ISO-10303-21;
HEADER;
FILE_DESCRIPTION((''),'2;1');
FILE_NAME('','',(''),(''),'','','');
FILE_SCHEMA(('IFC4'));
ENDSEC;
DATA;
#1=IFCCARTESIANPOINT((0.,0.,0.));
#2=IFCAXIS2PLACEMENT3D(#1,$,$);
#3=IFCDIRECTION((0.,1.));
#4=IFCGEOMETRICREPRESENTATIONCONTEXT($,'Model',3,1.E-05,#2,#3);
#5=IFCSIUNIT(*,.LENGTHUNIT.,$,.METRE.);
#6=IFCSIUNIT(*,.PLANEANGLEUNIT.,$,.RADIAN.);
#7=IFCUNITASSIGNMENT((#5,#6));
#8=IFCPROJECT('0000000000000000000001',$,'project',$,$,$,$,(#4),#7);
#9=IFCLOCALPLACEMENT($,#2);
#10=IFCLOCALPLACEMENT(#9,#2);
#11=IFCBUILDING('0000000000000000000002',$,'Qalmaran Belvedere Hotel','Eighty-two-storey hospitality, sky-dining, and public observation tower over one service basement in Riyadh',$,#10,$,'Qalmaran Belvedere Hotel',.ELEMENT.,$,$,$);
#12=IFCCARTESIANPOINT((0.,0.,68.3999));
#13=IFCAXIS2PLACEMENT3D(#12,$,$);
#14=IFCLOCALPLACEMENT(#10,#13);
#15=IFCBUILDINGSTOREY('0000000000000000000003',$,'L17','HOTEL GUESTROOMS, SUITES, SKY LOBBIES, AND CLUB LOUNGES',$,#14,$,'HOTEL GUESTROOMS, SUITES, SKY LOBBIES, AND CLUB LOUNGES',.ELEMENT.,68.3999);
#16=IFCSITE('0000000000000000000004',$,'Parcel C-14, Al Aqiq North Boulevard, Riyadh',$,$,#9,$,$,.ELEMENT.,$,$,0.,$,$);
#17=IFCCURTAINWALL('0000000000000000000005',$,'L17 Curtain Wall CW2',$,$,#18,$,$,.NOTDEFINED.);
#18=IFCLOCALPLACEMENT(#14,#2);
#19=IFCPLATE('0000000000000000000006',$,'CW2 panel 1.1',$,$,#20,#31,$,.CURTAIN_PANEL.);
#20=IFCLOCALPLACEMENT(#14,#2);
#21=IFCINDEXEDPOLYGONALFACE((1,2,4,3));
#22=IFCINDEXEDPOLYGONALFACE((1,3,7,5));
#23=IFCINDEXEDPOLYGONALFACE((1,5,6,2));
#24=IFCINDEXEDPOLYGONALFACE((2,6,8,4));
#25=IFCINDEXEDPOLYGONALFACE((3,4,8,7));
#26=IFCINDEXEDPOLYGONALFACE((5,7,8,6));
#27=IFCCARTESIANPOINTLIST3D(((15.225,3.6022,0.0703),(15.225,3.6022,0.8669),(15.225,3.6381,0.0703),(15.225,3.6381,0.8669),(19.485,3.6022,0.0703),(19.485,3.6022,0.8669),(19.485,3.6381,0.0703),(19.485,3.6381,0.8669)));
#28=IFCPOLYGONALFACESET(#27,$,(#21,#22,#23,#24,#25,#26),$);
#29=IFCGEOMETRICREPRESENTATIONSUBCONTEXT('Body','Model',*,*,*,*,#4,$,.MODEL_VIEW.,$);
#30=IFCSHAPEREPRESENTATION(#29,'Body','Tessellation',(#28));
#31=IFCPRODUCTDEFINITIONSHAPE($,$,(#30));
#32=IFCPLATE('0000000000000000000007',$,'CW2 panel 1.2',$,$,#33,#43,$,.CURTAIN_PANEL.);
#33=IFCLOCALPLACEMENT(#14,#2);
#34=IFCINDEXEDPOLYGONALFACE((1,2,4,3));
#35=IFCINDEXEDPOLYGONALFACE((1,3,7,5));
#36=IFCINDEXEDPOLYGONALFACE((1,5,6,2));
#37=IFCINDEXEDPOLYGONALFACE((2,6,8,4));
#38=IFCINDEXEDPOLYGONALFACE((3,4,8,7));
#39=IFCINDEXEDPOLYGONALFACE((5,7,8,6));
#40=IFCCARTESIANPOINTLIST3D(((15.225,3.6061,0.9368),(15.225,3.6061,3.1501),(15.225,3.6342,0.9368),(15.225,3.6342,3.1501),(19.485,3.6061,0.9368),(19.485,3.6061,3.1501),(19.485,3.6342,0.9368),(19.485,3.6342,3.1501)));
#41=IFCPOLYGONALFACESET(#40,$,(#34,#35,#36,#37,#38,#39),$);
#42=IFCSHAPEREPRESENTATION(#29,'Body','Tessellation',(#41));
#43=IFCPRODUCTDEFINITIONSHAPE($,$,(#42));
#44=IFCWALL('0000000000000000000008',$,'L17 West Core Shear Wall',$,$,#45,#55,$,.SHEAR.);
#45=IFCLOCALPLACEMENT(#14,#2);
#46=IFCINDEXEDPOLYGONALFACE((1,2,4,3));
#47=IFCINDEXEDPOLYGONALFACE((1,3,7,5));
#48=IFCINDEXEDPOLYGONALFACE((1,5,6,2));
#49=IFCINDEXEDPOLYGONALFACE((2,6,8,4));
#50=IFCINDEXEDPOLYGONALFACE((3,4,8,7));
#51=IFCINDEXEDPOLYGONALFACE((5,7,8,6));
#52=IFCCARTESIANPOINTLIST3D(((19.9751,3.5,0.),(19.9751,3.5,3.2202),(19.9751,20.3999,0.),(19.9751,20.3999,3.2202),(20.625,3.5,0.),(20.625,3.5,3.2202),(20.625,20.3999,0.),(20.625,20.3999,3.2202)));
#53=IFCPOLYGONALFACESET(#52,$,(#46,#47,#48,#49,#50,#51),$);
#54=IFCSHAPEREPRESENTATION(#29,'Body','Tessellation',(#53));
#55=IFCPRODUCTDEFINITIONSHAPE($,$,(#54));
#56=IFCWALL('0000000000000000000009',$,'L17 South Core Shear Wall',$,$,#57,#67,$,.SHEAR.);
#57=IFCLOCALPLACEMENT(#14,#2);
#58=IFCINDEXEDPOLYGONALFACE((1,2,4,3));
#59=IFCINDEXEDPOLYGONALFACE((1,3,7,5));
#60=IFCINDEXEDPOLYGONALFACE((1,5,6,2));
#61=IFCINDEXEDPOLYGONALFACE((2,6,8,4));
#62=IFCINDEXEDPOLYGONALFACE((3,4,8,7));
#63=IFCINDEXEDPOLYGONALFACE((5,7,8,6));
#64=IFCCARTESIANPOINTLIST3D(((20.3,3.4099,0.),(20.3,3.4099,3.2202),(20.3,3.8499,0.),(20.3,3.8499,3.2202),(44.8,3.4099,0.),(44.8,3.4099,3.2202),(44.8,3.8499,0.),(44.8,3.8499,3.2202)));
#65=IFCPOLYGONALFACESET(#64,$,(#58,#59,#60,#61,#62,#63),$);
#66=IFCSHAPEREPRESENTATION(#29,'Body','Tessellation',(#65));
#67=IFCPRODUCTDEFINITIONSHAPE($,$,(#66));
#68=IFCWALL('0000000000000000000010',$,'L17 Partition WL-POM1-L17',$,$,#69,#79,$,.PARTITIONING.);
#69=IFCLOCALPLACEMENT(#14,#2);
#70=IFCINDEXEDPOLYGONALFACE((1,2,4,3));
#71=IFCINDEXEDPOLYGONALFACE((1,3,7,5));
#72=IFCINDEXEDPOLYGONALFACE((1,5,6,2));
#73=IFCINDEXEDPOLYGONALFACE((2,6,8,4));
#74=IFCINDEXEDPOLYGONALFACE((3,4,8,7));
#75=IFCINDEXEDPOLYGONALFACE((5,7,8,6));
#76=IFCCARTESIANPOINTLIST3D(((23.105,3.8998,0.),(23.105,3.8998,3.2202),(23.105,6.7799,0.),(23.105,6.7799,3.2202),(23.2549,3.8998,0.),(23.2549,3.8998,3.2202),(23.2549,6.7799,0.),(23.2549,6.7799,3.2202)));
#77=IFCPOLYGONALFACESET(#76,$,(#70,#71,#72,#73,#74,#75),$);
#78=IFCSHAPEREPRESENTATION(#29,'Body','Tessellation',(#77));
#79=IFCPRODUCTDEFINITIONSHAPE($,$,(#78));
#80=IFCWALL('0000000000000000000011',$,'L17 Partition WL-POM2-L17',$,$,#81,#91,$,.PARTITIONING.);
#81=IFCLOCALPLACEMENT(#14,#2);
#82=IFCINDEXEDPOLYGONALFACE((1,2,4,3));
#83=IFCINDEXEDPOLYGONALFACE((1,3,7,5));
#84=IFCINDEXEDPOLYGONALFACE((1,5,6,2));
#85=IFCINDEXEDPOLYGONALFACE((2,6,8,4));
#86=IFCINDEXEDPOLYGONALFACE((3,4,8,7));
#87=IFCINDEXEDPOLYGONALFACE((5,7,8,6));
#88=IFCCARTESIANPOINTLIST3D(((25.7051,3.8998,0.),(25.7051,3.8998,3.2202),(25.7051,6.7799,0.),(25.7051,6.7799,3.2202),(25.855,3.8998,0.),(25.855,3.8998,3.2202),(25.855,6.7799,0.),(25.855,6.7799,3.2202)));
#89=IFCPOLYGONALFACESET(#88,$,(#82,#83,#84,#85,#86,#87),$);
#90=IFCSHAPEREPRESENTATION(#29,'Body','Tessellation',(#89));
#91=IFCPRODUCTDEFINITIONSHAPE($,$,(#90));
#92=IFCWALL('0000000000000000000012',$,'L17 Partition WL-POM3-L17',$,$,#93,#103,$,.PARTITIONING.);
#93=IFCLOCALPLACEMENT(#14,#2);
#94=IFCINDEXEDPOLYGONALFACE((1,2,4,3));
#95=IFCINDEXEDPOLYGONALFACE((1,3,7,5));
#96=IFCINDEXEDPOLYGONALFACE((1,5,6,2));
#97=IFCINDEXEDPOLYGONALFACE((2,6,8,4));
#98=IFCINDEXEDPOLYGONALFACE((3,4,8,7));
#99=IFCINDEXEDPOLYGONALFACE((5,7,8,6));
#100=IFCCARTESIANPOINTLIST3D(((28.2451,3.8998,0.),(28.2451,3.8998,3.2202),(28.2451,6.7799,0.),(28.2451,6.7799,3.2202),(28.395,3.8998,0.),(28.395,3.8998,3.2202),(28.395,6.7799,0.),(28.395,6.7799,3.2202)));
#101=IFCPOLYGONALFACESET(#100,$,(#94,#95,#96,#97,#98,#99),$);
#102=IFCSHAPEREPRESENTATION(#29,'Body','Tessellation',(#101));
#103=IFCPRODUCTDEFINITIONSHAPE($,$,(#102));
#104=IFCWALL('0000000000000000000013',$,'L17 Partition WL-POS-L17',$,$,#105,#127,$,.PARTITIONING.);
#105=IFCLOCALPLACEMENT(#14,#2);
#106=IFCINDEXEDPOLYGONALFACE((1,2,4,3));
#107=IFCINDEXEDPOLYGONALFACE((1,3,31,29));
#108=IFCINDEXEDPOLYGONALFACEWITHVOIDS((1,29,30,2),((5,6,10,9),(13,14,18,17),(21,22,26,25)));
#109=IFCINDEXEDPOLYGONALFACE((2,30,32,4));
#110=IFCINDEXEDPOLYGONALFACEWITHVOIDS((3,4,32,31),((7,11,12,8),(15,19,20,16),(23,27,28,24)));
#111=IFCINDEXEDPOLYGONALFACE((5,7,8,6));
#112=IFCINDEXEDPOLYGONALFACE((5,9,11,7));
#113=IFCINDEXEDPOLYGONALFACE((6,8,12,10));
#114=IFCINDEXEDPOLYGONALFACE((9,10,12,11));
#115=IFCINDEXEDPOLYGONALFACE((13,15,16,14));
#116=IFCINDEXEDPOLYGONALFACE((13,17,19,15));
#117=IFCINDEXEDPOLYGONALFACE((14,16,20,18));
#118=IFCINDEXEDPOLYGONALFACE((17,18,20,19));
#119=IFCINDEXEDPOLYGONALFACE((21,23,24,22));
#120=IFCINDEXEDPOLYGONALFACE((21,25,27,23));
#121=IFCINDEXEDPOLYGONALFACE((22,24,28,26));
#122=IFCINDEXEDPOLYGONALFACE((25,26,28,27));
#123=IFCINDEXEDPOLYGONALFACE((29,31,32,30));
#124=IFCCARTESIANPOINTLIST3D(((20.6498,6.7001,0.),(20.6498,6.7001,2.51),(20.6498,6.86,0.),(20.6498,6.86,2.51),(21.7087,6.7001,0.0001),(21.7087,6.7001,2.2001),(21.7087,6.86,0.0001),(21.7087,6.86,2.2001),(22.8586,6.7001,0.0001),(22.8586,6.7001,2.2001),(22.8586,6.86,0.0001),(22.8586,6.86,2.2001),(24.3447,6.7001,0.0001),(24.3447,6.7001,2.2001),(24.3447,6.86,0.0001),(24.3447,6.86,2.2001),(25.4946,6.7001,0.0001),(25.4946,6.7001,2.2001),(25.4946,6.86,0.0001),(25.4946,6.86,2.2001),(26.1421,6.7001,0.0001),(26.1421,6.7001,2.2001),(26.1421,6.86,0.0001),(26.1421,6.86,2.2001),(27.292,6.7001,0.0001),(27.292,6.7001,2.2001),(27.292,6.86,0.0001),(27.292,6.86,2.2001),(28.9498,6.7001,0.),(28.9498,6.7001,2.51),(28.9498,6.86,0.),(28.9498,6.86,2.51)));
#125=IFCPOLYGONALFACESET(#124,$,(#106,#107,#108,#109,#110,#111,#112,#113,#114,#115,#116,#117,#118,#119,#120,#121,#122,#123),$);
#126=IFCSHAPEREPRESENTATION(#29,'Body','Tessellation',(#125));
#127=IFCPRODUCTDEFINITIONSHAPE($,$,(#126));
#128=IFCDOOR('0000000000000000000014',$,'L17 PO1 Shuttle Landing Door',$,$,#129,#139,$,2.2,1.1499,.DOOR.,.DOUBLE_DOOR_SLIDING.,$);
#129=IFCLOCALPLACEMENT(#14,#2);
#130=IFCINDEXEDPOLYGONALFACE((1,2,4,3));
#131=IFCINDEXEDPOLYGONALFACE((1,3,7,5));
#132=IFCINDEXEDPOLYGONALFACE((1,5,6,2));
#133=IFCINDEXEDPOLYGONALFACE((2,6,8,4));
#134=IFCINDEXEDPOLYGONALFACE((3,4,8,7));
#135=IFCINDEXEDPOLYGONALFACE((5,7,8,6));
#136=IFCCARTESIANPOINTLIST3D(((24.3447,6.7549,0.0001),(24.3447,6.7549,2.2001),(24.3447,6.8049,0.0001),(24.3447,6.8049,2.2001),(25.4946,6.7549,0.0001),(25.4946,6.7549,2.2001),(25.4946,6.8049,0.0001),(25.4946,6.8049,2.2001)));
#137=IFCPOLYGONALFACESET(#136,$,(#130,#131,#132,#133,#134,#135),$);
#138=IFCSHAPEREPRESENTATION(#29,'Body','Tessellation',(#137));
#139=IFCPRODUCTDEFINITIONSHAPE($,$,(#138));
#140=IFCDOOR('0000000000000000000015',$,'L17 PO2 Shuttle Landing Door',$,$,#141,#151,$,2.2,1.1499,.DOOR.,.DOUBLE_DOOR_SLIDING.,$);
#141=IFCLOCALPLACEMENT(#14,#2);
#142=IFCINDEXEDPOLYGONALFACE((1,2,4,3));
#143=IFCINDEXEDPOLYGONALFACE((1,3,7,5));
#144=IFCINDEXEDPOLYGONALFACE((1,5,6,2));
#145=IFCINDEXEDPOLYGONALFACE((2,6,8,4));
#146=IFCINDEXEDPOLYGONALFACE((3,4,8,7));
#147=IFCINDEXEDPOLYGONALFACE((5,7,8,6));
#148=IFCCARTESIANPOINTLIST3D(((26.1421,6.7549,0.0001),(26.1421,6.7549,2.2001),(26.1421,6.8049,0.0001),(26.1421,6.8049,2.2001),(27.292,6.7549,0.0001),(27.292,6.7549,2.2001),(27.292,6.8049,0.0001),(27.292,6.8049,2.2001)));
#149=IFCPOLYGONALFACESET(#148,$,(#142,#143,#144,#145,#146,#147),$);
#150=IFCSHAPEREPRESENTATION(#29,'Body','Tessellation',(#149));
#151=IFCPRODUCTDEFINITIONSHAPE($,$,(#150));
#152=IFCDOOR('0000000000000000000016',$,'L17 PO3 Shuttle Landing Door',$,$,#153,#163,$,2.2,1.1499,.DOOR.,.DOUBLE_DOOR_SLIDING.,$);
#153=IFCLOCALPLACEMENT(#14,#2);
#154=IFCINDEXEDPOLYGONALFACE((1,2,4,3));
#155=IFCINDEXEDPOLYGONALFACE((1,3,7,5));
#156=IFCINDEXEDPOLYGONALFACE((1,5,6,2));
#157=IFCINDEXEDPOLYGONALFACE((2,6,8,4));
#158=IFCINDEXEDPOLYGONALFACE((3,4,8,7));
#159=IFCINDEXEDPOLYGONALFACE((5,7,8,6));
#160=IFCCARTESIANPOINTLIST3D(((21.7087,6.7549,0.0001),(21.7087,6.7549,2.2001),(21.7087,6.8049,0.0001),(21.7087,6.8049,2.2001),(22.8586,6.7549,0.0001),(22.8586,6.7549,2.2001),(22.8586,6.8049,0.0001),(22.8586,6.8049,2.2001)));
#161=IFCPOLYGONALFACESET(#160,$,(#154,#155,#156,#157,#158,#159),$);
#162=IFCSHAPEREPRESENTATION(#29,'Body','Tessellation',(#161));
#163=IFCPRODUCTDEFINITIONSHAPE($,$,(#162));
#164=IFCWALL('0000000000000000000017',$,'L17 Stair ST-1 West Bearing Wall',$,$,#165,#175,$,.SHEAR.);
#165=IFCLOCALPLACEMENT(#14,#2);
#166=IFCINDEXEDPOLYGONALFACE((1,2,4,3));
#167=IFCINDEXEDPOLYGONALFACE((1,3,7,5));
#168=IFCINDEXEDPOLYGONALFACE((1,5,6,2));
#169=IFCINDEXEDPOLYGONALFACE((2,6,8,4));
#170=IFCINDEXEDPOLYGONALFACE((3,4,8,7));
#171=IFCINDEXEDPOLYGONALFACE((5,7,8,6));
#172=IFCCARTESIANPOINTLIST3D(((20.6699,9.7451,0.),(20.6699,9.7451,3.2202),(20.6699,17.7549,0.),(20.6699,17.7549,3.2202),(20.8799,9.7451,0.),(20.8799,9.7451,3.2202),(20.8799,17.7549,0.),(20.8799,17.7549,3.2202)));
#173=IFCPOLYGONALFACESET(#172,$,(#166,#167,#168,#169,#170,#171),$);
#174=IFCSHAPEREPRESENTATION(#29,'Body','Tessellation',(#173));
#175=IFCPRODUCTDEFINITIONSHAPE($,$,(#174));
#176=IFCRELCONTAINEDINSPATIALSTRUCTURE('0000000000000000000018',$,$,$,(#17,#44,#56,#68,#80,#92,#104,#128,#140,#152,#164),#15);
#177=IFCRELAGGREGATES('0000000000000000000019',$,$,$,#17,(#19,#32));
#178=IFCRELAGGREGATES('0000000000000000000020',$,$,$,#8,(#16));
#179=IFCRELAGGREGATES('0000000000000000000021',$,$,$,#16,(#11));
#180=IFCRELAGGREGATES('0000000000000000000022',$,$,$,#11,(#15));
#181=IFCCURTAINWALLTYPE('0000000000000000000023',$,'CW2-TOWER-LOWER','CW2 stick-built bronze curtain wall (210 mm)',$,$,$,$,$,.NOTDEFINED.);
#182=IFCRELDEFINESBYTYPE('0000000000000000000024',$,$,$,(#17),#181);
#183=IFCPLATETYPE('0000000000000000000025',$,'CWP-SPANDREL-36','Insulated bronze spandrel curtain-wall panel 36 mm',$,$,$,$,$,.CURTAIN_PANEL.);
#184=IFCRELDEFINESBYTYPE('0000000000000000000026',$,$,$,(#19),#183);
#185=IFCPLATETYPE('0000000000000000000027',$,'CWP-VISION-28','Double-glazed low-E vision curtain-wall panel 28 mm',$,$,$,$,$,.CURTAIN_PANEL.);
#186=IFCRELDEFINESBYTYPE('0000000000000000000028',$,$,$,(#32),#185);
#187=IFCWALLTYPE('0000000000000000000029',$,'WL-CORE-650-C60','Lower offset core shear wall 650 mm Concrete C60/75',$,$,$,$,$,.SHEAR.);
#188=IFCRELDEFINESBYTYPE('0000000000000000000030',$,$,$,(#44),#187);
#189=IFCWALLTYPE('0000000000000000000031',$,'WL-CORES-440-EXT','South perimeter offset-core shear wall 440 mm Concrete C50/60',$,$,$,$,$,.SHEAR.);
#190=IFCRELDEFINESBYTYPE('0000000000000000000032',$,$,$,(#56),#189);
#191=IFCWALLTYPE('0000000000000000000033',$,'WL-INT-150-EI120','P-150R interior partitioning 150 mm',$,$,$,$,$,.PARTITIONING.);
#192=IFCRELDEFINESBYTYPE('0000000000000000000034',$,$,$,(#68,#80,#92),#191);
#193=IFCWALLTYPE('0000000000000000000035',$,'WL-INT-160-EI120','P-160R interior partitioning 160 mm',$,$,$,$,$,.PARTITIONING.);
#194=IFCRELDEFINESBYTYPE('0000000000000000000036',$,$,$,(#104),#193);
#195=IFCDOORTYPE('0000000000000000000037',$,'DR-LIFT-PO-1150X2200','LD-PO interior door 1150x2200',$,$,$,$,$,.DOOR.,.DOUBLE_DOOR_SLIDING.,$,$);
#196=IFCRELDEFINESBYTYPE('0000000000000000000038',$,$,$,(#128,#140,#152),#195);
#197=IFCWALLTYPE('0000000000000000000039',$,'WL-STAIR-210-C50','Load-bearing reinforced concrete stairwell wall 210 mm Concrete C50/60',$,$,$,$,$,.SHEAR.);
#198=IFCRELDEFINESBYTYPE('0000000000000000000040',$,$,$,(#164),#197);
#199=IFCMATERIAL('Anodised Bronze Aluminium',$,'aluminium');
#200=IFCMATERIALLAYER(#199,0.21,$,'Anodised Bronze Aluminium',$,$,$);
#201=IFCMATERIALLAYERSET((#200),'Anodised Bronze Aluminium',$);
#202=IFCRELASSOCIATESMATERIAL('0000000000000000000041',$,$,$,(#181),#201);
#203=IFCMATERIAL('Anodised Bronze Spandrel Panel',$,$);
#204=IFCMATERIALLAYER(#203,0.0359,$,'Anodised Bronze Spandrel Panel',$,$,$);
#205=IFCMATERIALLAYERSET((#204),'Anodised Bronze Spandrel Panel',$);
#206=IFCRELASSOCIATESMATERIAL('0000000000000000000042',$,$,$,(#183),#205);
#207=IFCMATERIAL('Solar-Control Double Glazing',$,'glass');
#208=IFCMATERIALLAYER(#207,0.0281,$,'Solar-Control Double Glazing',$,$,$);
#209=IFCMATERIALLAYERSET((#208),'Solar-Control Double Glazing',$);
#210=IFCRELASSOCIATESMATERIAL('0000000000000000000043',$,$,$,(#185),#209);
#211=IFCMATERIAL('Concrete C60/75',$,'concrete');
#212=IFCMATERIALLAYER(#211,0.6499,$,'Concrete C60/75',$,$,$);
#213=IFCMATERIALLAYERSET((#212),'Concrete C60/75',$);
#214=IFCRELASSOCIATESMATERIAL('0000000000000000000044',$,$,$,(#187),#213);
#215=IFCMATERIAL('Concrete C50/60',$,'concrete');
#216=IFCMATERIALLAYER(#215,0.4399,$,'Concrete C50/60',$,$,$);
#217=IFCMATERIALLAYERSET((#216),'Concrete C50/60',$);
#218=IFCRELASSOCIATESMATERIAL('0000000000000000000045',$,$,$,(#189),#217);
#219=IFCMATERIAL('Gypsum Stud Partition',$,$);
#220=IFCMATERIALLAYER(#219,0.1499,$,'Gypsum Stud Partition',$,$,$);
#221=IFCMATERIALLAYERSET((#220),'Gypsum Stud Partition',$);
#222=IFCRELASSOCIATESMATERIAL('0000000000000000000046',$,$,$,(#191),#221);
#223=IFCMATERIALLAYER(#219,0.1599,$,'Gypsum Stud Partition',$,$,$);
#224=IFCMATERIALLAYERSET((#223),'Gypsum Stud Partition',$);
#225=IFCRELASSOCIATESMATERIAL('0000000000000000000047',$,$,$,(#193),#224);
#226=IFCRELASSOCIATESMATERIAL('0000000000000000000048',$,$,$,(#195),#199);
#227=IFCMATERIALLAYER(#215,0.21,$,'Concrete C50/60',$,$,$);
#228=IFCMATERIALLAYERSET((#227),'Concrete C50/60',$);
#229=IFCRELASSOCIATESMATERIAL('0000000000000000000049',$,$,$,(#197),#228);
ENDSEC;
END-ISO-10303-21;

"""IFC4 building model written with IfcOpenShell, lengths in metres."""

from ifc_helpers import new_model, si_unit, direction, frame, frame_2d, origin, origin_2d, place, context, subcontext, project, spatial, rectangle, extrude, material, layer, layer_set, type_object, element, fill, aggregate, save


model = new_model("IFC4")

# Units and contexts
model_context = context("Model", 3, precision=1e-05, world=origin(), true_north=direction((0.0, 1.0)))
body_context = subcontext(model_context, "Body", "Model", "MODEL_VIEW")
ifc_project = project(units=[si_unit("LENGTHUNIT", "METRE"), si_unit("PLANEANGLEUNIT", "RADIAN")], contexts=[model_context])

# Site, building, storey
site_placement = place(None, origin())
site = spatial("IfcSite", under=ifc_project, at=site_placement, Name="Parcel C-14, Al Aqiq North Boulevard, Riyadh", CompositionType="ELEMENT", RefElevation=0.0)
building_placement = place(site_placement, origin())
building = spatial("IfcBuilding", under=site, at=building_placement, Name="Qalmaran Belvedere Hotel", Description="Eighty-two-storey hospitality, sky-dining, and public observation tower over one service basement in Riyadh", LongName="Qalmaran Belvedere Hotel", CompositionType="ELEMENT")
storey_placement = place(building_placement, frame((0.0, 0.0, 68.3999)))
storey = spatial("IfcBuildingStorey", under=building, at=storey_placement, Name="L17", Description="HOTEL GUESTROOMS, SUITES, SKY LOBBIES, AND CLUB LOUNGES", LongName="HOTEL GUESTROOMS, SUITES, SKY LOBBIES, AND CLUB LOUNGES", CompositionType="ELEMENT", Elevation=68.3999)

# Shared definitions
ifc_material_1 = material(Name="Concrete C60/75", Category="concrete")

# Curtain wall
ifc_material_2 = material(Name="Anodised Bronze Aluminium", Category="aluminium")
ifc_layer_1 = layer(ifc_material_2, 0.21, Name="Anodised Bronze Aluminium")
ifc_layer_set_1 = layer_set([ifc_layer_1], Name="Anodised Bronze Aluminium")
curtain_wall_type = type_object("IfcCurtainWallType", Name="CW2-TOWER-LOWER", Description="CW2 stick-built bronze curtain wall (210 mm)", PredefinedType="NOTDEFINED", material=ifc_layer_set_1)
curtain_wall_1_placement = place(storey_placement, origin())
curtain_wall_1 = element("IfcCurtainWall", 1, at=curtain_wall_1_placement, inside=storey, type_object=curtain_wall_type, Name="L17 Curtain Wall CW2", PredefinedType="NOTDEFINED")

# Plates
ifc_material_3 = material(Name="Anodised Bronze Spandrel Panel")
ifc_layer_2 = layer(ifc_material_3, 0.0359, Name="Anodised Bronze Spandrel Panel")
ifc_layer_set_2 = layer_set([ifc_layer_2], Name="Anodised Bronze Spandrel Panel")
plate_type_1 = type_object("IfcPlateType", Name="CWP-SPANDREL-36", Description="Insulated bronze spandrel curtain-wall panel 36 mm", PredefinedType="CURTAIN_PANEL", material=ifc_layer_set_2)
plate_1_placement = place(storey_placement, frame((17.355, 3.6201, 0.0703), z_axis=(0.0, 0.0, 1.0), x_axis=(1.0, 0.0, 0.0)))
plate_1 = element("IfcPlate", 2, at=plate_1_placement, type_object=plate_type_1, Name="CW2 panel 1.1", PredefinedType="CURTAIN_PANEL", context=body_context, shape_type="SweptSolid", body=[
    extrude(rectangle(XDim=4.26, YDim=0.0359, at=origin_2d()), origin(), (0.0, 0.0, 1.0), 0.7966),
])
ifc_material_4 = material(Name="Solar-Control Double Glazing", Category="glass")
ifc_layer_3 = layer(ifc_material_4, 0.0281, Name="Solar-Control Double Glazing")
ifc_layer_set_3 = layer_set([ifc_layer_3], Name="Solar-Control Double Glazing")
plate_type_2 = type_object("IfcPlateType", Name="CWP-VISION-28", Description="Double-glazed low-E vision curtain-wall panel 28 mm", PredefinedType="CURTAIN_PANEL", material=ifc_layer_set_3)
plate_2_placement = place(storey_placement, frame((17.355, 3.6201, 0.9368), z_axis=(0.0, 0.0, 1.0), x_axis=(1.0, 0.0, 0.0)))
plate_2 = element("IfcPlate", 3, at=plate_2_placement, type_object=plate_type_2, Name="CW2 panel 1.2", PredefinedType="CURTAIN_PANEL", context=body_context, shape_type="SweptSolid", body=[
    extrude(rectangle(XDim=4.26, YDim=0.0281, at=origin_2d()), origin(), (0.0, 0.0, 1.0), 2.2134),
])
aggregate(curtain_wall_1, [plate_1, plate_2])

# Wall
ifc_layer_4 = layer(ifc_material_1, 0.6499, Name="Concrete C60/75")
ifc_layer_set_4 = layer_set([ifc_layer_4], Name="Concrete C60/75")
wall_type_1 = type_object("IfcWallType", Name="WL-CORE-650-C60", Description="Lower offset core shear wall 650 mm Concrete C60/75", PredefinedType="SHEAR", material=ifc_layer_set_4)
wall_1_placement = place(storey_placement, frame((20.3, 3.5, 0.0), z_axis=(0.0, 0.0, 1.0), x_axis=(0.0, 1.0, 0.0)))
element("IfcWall", 4, at=wall_1_placement, inside=storey, type_object=wall_type_1, Name="L17 West Core Shear Wall", PredefinedType="SHEAR", context=body_context, shape_type="SweptSolid", body=[
    extrude(rectangle(XDim=16.8999, YDim=0.6499, at=frame_2d((8.45, 0.0))), origin(), (0.0, 0.0, 1.0), 3.2202),
])

# Walls
ifc_material_5 = material(Name="Concrete C50/60", Category="concrete")
ifc_layer_5 = layer(ifc_material_5, 0.4399, Name="Concrete C50/60")
ifc_layer_set_5 = layer_set([ifc_layer_5], Name="Concrete C50/60")
wall_type_2 = type_object("IfcWallType", Name="WL-CORES-440-EXT", Description="South perimeter offset-core shear wall 440 mm Concrete C50/60", PredefinedType="SHEAR", material=ifc_layer_set_5)
wall_2_placement = place(storey_placement, frame((20.3, 3.6299, 0.0), z_axis=(0.0, 0.0, 1.0), x_axis=(1.0, 0.0, 0.0)))
element("IfcWall", 5, at=wall_2_placement, inside=storey, type_object=wall_type_2, Name="L17 South Core Shear Wall", PredefinedType="SHEAR", context=body_context, shape_type="SweptSolid", body=[
    extrude(rectangle(XDim=24.5, YDim=0.4399, at=frame_2d((12.25, 0.0))), origin(), (0.0, 0.0, 1.0), 3.2202),
])
ifc_material_6 = material(Name="Gypsum Stud Partition")
ifc_layer_6 = layer(ifc_material_6, 0.1499, Name="Gypsum Stud Partition")
ifc_layer_set_6 = layer_set([ifc_layer_6], Name="Gypsum Stud Partition")
wall_type_3 = type_object("IfcWallType", Name="WL-INT-150-EI120", Description="P-150R interior partitioning 150 mm", PredefinedType="PARTITIONING", material=ifc_layer_set_6)
for number, where, z_axis, x_axis, name in (
    (6, (23.1799, 3.8999, 0.0), (0.0, 0.0, 1.0), (0.0, 1.0, 0.0), "L17 Partition WL-POM1-L17"),
    (7, (25.78, 3.8999, 0.0), (0.0, 0.0, 1.0), (0.0, 1.0, 0.0), "L17 Partition WL-POM2-L17"),
    (8, (28.3201, 3.8999, 0.0), (0.0, 0.0, 1.0), (0.0, 1.0, 0.0), "L17 Partition WL-POM3-L17"),
):
    element("IfcWall", number, at=place(storey_placement, frame(where, z_axis=z_axis, x_axis=x_axis)), inside=storey, type_object=wall_type_3, Name=name, PredefinedType="PARTITIONING", context=body_context, shape_type="SweptSolid", body=[
        extrude(rectangle(XDim=2.8801, YDim=0.1499, at=frame_2d((1.4399, 0.0))), origin(), (0.0, 0.0, 1.0), 3.2202),
    ])

# Wall, openings, doors
ifc_layer_7 = layer(ifc_material_6, 0.1599, Name="Gypsum Stud Partition")
ifc_layer_set_7 = layer_set([ifc_layer_7], Name="Gypsum Stud Partition")
wall_type_4 = type_object("IfcWallType", Name="WL-INT-160-EI120", Description="P-160R interior partitioning 160 mm", PredefinedType="PARTITIONING", material=ifc_layer_set_7)
wall_3_placement = place(storey_placement, frame((20.6499, 6.78, 0.0), z_axis=(0.0, 0.0, 1.0), x_axis=(1.0, 0.0, 0.0)))
wall_3 = element("IfcWall", 9, at=wall_3_placement, inside=storey, type_object=wall_type_4, Name="L17 Partition WL-POS-L17", PredefinedType="PARTITIONING", context=body_context, shape_type="SweptSolid", body=[
    extrude(rectangle(XDim=8.3, YDim=0.1599, at=frame_2d((4.1499, 0.0))), origin(), (0.0, 0.0, 1.0), 2.51),
])
opening_1_placement = place(wall_3_placement, frame((3.6948, 0.0, 0.0)))
opening_1 = element("IfcOpeningElement", 10, at=opening_1_placement, cuts=wall_3, PredefinedType="OPENING", context=body_context, shape_type="SweptSolid", body=[
    extrude(rectangle(XDim=1.1499, YDim=2.2, at=frame_2d((0.575, 1.1001))), frame((0.0, 0.0898, 0.0), z_axis=(0.0, -1.0, 0.0), x_axis=(1.0, 0.0, 0.0)), (0.0, 0.0, 1.0), 0.1799),
])
opening_2_placement = place(wall_3_placement, frame((5.4922, 0.0, 0.0)))
opening_2 = element("IfcOpeningElement", 11, at=opening_2_placement, cuts=wall_3, PredefinedType="OPENING", context=body_context, shape_type="SweptSolid", body=[
    extrude(rectangle(XDim=1.1499, YDim=2.2, at=frame_2d((0.575, 1.1001))), frame((0.0, 0.0898, 0.0), z_axis=(0.0, -1.0, 0.0), x_axis=(1.0, 0.0, 0.0)), (0.0, 0.0, 1.0), 0.1799),
])
opening_3_placement = place(wall_3_placement, frame((1.0588, 0.0, 0.0)))
opening_3 = element("IfcOpeningElement", 12, at=opening_3_placement, cuts=wall_3, PredefinedType="OPENING", context=body_context, shape_type="SweptSolid", body=[
    extrude(rectangle(XDim=1.1499, YDim=2.2, at=frame_2d((0.575, 1.1001))), frame((0.0, 0.0898, 0.0), z_axis=(0.0, -1.0, 0.0), x_axis=(1.0, 0.0, 0.0)), (0.0, 0.0, 1.0), 0.1799),
])
door_type_1 = type_object("IfcDoorType", Name="DR-LIFT-PO-1150X2200", Description="LD-PO interior door 1150x2200", OperationType="DOUBLE_DOOR_SLIDING", PredefinedType="DOOR", material=ifc_material_2)
door_1_placement = place(opening_1_placement, origin())
door_1 = element("IfcDoor", 13, at=door_1_placement, inside=storey, type_object=door_type_1, Name="L17 PO1 Shuttle Landing Door", OperationType="DOUBLE_DOOR_SLIDING", OverallHeight=2.2, OverallWidth=1.1499, PredefinedType="DOOR", context=body_context, shape_type="SweptSolid", body=[
    extrude(rectangle(XDim=1.1499, YDim=2.2, at=frame_2d((0.575, 1.1001))), frame((0.0, 0.0249, 0.0), z_axis=(0.0, -1.0, 0.0), x_axis=(1.0, 0.0, 0.0)), (0.0, 0.0, 1.0), 0.05),
])
fill(opening_1, door_1)
door_2_placement = place(opening_2_placement, origin())
door_2 = element("IfcDoor", 14, at=door_2_placement, inside=storey, type_object=door_type_1, Name="L17 PO2 Shuttle Landing Door", OperationType="DOUBLE_DOOR_SLIDING", OverallHeight=2.2, OverallWidth=1.1499, PredefinedType="DOOR", context=body_context, shape_type="SweptSolid", body=[
    extrude(rectangle(XDim=1.1499, YDim=2.2, at=frame_2d((0.575, 1.1001))), frame((0.0, 0.0249, 0.0), z_axis=(0.0, -1.0, 0.0), x_axis=(1.0, 0.0, 0.0)), (0.0, 0.0, 1.0), 0.05),
])
fill(opening_2, door_2)
door_3_placement = place(opening_3_placement, origin())
door_3 = element("IfcDoor", 15, at=door_3_placement, inside=storey, type_object=door_type_1, Name="L17 PO3 Shuttle Landing Door", OperationType="DOUBLE_DOOR_SLIDING", OverallHeight=2.2, OverallWidth=1.1499, PredefinedType="DOOR", context=body_context, shape_type="SweptSolid", body=[
    extrude(rectangle(XDim=1.1499, YDim=2.2, at=frame_2d((0.575, 1.1001))), frame((0.0, 0.0249, 0.0), z_axis=(0.0, -1.0, 0.0), x_axis=(1.0, 0.0, 0.0)), (0.0, 0.0, 1.0), 0.05),
])
fill(opening_3, door_3)

# Wall
ifc_layer_8 = layer(ifc_material_5, 0.21, Name="Concrete C50/60")
ifc_layer_set_8 = layer_set([ifc_layer_8], Name="Concrete C50/60")
wall_type_5 = type_object("IfcWallType", Name="WL-STAIR-210-C50", Description="Load-bearing reinforced concrete stairwell wall 210 mm Concrete C50/60", PredefinedType="SHEAR", material=ifc_layer_set_8)
for number, where, z_axis, x_axis, name in (
    (16, (20.7749, 9.7451, 0.0), (0.0, 0.0, 1.0), (0.0, 1.0, 0.0), "L17 Stair ST-1 West Bearing Wall"),
):
    element("IfcWall", number, at=place(storey_placement, frame(where, z_axis=z_axis, x_axis=x_axis)), inside=storey, type_object=wall_type_5, Name=name, PredefinedType="SHEAR", context=body_context, shape_type="SweptSolid", body=[
        extrude(rectangle(XDim=8.0098, YDim=0.21, at=frame_2d((4.0049, 0.0))), origin(), (0.0, 0.0, 1.0), 3.2202),
    ])

save(model, "model.ifc")
